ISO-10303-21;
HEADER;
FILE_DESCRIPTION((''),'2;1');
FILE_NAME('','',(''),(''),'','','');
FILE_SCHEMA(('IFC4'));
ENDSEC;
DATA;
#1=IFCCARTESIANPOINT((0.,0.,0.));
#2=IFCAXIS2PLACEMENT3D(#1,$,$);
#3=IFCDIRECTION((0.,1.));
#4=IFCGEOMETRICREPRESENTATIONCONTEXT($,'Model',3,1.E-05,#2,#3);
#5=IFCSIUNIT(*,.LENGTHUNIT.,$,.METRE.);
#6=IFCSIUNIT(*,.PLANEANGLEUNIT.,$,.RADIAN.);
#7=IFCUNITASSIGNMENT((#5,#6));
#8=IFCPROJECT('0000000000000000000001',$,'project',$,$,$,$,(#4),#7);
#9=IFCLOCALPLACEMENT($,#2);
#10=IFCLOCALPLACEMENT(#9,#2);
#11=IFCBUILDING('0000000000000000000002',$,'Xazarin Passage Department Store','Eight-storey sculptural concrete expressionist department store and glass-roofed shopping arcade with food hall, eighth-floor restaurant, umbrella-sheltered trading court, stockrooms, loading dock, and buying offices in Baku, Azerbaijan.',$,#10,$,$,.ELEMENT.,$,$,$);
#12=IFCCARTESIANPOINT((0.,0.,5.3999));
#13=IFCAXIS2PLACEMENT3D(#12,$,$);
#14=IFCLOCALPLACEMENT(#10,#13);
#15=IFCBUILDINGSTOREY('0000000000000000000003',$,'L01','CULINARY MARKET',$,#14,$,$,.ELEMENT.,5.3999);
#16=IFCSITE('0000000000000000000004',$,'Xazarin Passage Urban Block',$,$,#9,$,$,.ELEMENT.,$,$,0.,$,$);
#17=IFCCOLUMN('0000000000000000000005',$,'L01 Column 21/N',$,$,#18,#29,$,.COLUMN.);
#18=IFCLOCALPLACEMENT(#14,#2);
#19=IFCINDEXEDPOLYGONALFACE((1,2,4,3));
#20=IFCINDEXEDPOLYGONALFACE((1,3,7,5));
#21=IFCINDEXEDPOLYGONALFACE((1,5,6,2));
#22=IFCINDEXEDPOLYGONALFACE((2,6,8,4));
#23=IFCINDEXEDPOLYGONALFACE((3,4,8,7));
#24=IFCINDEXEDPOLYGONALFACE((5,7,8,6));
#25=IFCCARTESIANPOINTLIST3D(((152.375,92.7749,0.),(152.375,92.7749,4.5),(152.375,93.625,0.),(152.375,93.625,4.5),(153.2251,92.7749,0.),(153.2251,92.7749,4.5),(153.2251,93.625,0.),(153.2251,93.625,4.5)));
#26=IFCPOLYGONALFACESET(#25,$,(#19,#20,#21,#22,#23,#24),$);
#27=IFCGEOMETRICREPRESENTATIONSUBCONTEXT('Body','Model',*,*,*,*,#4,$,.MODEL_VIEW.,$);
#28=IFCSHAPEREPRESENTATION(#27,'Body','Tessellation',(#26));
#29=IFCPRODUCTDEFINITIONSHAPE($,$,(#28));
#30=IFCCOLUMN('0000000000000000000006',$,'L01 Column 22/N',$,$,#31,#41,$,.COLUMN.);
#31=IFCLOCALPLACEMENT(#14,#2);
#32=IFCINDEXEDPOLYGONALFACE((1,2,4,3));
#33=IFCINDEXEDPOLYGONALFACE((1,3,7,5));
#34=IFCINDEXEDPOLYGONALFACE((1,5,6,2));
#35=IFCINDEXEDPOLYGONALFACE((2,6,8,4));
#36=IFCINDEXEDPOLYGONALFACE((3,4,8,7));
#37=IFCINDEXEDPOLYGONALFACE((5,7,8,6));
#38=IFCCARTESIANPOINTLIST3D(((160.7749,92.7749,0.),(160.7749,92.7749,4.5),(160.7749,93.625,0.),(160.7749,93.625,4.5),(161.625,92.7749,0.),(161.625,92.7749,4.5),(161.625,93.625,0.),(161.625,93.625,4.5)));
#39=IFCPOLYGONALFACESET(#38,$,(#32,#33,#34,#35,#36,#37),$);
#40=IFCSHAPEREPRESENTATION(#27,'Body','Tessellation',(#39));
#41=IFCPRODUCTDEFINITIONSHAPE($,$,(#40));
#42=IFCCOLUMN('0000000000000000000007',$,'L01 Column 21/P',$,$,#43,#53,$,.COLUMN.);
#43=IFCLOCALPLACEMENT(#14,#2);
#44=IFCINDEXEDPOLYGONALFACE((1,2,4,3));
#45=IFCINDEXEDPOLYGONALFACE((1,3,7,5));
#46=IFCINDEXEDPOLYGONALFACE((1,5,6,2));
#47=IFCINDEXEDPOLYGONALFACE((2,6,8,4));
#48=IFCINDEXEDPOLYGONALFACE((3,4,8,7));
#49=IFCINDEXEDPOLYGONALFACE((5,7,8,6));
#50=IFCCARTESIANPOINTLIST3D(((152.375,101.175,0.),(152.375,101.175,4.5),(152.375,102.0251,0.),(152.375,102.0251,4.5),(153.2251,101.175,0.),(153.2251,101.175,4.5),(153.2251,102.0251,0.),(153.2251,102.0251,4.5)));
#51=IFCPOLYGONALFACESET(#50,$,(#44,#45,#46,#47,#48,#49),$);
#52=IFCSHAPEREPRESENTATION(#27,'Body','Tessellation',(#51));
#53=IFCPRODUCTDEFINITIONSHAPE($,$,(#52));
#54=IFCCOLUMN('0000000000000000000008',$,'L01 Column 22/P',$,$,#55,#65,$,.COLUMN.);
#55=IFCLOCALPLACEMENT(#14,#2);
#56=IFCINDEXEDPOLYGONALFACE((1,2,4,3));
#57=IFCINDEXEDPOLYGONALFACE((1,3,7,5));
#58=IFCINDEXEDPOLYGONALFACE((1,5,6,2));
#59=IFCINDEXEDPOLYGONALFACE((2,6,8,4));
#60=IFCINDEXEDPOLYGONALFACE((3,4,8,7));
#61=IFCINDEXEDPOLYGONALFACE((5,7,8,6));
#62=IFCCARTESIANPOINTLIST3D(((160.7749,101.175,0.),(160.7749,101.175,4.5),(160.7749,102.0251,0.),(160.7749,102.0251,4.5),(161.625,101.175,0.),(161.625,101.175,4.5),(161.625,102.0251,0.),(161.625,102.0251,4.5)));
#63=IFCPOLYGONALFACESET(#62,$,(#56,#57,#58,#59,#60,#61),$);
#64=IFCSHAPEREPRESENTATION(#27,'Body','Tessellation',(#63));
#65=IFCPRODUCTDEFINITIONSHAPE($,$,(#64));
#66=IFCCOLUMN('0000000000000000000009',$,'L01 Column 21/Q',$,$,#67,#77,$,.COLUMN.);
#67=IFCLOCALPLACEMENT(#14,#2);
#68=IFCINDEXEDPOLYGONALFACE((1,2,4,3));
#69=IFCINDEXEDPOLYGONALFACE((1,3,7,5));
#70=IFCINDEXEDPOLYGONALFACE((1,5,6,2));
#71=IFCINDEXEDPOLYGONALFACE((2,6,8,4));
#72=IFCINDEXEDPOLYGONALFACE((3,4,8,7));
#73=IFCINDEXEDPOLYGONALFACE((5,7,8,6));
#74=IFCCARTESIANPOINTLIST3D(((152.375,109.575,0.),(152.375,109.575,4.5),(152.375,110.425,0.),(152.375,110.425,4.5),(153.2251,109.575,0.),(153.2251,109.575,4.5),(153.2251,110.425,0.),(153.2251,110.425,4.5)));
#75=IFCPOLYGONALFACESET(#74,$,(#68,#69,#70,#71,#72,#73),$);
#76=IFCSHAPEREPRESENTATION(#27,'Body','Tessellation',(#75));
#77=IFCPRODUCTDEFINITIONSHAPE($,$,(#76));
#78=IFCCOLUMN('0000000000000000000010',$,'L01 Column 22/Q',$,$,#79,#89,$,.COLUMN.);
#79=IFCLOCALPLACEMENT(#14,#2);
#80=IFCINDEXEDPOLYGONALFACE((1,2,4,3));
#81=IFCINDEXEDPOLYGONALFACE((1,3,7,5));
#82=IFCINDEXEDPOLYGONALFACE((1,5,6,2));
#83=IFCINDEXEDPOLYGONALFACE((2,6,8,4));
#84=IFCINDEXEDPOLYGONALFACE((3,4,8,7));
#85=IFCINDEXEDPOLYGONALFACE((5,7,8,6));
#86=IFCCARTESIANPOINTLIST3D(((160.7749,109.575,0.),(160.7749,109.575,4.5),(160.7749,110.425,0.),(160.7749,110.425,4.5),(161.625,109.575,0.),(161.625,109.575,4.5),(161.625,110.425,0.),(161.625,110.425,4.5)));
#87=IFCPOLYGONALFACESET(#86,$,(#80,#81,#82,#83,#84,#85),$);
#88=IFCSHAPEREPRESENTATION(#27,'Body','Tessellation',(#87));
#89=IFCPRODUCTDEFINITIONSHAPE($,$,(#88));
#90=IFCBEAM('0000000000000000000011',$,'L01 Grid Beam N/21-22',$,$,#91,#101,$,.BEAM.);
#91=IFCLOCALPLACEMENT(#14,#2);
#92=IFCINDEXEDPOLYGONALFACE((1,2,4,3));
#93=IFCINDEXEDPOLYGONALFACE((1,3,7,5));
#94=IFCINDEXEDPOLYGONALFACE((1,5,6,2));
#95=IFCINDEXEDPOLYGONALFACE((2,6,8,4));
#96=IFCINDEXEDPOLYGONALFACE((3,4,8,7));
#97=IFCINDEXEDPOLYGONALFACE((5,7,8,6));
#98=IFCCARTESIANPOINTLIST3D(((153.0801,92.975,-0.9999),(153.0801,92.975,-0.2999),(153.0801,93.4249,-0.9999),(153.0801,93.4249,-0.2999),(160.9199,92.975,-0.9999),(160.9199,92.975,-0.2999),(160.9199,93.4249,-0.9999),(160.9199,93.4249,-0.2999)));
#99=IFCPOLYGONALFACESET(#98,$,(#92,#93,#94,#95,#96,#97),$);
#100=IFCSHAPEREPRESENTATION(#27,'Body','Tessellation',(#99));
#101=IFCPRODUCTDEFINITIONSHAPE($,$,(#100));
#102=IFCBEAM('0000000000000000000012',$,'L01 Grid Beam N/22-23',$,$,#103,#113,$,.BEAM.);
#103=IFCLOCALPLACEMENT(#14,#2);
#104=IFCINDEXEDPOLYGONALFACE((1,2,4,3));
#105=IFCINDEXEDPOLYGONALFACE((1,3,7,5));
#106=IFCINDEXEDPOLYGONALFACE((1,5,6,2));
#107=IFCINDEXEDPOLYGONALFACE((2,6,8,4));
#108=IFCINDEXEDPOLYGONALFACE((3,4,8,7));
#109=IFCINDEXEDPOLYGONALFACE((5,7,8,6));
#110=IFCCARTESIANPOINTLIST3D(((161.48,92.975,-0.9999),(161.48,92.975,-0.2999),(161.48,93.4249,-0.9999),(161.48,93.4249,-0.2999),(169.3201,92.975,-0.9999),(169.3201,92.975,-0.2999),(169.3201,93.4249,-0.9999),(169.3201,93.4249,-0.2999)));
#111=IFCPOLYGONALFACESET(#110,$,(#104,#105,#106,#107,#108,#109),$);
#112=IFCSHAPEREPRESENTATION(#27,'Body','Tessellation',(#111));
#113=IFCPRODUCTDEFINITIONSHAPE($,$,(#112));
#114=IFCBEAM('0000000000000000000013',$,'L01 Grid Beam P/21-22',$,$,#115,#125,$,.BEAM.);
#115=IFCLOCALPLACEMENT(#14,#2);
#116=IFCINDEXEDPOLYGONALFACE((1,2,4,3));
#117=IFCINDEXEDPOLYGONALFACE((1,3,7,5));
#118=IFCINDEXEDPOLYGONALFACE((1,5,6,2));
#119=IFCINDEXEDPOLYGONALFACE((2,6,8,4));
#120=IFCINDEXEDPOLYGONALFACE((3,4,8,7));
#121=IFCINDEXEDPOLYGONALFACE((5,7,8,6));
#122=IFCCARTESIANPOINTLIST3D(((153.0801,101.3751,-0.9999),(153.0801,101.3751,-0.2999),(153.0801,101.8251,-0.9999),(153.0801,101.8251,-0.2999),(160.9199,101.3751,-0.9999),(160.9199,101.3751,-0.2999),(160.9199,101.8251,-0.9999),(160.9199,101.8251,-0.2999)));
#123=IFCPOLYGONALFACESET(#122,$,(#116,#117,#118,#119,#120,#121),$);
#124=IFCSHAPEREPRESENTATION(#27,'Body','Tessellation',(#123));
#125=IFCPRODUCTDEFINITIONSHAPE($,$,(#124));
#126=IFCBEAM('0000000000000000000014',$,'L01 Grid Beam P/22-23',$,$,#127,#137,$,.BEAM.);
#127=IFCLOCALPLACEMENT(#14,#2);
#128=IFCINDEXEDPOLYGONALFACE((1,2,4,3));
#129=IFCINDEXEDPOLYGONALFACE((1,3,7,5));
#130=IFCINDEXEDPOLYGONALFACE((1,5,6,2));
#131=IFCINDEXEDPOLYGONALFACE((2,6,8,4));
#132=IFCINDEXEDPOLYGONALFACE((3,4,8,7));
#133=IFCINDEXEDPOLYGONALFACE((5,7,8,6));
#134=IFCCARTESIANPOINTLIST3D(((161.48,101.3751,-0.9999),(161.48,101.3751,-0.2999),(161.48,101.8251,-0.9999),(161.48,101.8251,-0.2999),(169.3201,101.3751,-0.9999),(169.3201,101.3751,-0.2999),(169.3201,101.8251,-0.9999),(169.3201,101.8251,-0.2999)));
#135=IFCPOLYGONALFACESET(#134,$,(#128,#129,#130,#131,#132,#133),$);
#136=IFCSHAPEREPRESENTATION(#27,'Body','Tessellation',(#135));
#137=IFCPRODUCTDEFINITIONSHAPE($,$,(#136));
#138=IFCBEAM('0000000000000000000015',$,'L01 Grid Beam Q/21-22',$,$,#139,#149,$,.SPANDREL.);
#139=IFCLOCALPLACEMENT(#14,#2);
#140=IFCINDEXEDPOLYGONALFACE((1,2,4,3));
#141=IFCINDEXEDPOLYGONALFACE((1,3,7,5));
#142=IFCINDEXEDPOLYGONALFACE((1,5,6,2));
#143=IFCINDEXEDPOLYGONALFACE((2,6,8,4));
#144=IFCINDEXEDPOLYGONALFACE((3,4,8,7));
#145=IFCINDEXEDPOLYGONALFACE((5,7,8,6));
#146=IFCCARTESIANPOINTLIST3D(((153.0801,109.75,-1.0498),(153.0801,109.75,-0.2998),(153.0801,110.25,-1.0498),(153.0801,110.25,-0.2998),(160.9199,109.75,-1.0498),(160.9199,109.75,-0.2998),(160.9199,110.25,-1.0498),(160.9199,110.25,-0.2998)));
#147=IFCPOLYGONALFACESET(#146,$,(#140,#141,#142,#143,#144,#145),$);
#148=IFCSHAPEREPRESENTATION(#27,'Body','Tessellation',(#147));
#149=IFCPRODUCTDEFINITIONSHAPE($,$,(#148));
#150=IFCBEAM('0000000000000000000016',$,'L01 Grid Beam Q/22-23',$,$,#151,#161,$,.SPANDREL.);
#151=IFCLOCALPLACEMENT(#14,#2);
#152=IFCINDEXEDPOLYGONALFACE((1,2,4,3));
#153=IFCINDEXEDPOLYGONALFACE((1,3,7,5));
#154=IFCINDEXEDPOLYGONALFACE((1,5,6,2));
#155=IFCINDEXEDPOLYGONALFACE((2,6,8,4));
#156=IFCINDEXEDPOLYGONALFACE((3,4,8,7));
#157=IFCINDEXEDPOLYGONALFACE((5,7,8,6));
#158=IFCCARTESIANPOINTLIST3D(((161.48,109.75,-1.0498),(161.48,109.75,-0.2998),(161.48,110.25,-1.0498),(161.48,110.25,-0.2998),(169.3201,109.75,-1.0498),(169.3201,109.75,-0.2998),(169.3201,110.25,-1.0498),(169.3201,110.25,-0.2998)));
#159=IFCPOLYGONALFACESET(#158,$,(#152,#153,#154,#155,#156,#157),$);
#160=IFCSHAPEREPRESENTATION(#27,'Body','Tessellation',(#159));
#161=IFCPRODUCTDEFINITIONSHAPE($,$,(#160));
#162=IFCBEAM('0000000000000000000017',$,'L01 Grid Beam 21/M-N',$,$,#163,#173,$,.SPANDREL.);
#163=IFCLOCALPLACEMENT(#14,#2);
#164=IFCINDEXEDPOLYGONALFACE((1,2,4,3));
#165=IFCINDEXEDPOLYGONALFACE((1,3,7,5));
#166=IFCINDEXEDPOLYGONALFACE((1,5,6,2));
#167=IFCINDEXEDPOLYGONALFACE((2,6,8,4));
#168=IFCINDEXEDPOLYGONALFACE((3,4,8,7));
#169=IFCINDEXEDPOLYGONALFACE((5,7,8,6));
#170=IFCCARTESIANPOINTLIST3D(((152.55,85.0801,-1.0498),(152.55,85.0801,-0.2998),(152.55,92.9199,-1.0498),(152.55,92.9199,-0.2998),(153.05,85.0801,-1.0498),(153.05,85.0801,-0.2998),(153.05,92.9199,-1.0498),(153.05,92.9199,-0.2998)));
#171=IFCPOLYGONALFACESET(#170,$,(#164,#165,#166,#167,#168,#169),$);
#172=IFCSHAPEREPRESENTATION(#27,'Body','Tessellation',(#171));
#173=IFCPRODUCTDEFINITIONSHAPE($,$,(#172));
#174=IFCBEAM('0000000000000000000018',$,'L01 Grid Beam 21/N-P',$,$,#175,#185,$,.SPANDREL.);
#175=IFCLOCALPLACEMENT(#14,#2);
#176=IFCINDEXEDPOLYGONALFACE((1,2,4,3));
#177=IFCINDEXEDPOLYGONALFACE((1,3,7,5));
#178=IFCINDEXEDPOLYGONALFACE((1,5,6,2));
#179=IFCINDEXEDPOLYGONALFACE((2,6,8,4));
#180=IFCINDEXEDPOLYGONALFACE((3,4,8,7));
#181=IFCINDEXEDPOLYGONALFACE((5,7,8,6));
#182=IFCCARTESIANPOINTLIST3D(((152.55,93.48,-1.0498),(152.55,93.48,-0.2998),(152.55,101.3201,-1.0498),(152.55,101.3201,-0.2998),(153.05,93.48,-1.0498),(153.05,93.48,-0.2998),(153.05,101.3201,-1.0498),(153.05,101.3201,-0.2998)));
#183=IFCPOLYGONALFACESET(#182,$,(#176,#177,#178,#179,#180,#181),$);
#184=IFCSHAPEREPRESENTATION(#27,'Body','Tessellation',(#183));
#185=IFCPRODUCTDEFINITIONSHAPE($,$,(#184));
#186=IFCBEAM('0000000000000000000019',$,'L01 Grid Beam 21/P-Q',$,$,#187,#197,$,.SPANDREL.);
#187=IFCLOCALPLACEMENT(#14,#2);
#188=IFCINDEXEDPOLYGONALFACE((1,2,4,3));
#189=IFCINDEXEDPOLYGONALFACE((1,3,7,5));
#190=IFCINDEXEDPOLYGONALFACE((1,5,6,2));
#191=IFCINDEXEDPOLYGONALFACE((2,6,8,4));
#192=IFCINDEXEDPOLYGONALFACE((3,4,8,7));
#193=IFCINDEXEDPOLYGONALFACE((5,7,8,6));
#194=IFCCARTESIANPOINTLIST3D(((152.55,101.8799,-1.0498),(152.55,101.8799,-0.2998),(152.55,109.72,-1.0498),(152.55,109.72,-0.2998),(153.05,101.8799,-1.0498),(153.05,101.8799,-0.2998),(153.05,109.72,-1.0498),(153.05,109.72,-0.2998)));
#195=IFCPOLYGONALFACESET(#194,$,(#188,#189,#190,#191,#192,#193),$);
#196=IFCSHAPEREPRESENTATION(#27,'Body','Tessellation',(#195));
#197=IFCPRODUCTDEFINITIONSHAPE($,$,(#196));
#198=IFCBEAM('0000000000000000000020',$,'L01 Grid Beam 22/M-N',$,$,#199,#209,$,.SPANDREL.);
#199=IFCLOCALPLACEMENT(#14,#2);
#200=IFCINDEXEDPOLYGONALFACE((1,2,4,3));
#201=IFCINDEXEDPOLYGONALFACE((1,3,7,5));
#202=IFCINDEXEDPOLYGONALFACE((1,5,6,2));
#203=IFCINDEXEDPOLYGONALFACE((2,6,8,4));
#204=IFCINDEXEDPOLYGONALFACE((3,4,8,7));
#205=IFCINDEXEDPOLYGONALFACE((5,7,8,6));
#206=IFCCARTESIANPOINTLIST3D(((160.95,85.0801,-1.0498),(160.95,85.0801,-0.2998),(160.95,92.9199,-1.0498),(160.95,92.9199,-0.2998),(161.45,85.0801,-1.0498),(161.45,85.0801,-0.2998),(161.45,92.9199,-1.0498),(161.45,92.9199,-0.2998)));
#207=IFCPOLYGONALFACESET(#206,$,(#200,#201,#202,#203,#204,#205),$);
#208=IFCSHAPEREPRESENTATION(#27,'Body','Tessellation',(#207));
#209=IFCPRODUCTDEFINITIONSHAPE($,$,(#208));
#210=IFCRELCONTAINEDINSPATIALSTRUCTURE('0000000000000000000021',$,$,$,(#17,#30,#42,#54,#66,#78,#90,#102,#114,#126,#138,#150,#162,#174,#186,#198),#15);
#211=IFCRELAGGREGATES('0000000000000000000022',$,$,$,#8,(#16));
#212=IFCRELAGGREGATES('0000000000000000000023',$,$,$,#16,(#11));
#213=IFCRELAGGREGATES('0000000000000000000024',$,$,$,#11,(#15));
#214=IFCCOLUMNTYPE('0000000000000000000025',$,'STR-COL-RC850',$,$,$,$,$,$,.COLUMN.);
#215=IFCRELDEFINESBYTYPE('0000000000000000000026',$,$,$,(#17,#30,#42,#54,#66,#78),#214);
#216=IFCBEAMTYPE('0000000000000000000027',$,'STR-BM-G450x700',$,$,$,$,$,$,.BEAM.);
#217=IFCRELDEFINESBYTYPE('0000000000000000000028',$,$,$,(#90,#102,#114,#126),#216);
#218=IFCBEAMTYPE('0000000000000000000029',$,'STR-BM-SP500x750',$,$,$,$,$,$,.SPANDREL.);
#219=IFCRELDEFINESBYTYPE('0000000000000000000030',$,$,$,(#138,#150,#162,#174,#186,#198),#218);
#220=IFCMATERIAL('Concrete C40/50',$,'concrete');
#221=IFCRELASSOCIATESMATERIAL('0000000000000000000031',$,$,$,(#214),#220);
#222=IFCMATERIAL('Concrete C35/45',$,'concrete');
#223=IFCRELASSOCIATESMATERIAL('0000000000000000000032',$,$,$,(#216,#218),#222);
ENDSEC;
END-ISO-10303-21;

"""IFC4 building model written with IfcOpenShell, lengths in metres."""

from ifc_helpers import new_model, si_unit, direction, frame, origin, origin_2d, place, context, subcontext, project, spatial, rectangle, extrude, material, material_profile, profile_set, type_object, element, save


model = new_model("IFC4")

# Units and contexts
model_context = context("Model", 3, precision=1e-05, world=origin(), true_north=direction((0.0, 1.0)))
body_context = subcontext(model_context, "Body", "Model", "MODEL_VIEW")
ifc_project = project(units=[si_unit("LENGTHUNIT", "METRE"), si_unit("PLANEANGLEUNIT", "RADIAN")], contexts=[model_context])

# Site, building, storey
site_placement = place(None, origin())
site = spatial("IfcSite", under=ifc_project, at=site_placement, Name="Xazarin Passage Urban Block", CompositionType="ELEMENT", RefElevation=0.0)
building_placement = place(site_placement, origin())
building = spatial("IfcBuilding", under=site, at=building_placement, Name="Xazarin Passage Department Store", Description="Eight-storey sculptural concrete expressionist department store and glass-roofed shopping arcade with food hall, eighth-floor restaurant, umbrella-sheltered trading court, stockrooms, loading dock, and buying offices in Baku, Azerbaijan.", CompositionType="ELEMENT")
storey_placement = place(building_placement, frame((0.0, 0.0, 5.3999)))
storey = spatial("IfcBuildingStorey", under=building, at=storey_placement, Name="L01", Description="CULINARY MARKET", CompositionType="ELEMENT", Elevation=5.3999)

# Columns
ifc_material_1 = material(Name="Concrete C40/50", Category="concrete")
ifc_material_profile_1 = material_profile(ifc_material_1, rectangle(XDim=0.8501, YDim=0.8501, at=origin_2d()), Name="RC 850x850")
ifc_profile_set_1 = profile_set([ifc_material_profile_1], Name="Concrete C40/50")
column_type = type_object("IfcColumnType", Name="STR-COL-RC850", PredefinedType="COLUMN", material=ifc_profile_set_1)
for number, where, z_axis, x_axis, name in (
    (1, (152.8, 93.2, 0.0), (0.0, 0.0, 1.0), (1.0, 0.0, 0.0), "L01 Column 21/N"),
    (2, (161.2, 93.2, 0.0), (0.0, 0.0, 1.0), (1.0, 0.0, 0.0), "L01 Column 22/N"),
    (3, (152.8, 101.6001, 0.0), (0.0, 0.0, 1.0), (1.0, 0.0, 0.0), "L01 Column 21/P"),
    (4, (161.2, 101.6001, 0.0), (0.0, 0.0, 1.0), (1.0, 0.0, 0.0), "L01 Column 22/P"),
    (5, (152.8, 110.0, 0.0), (0.0, 0.0, 1.0), (1.0, 0.0, 0.0), "L01 Column 21/Q"),
    (6, (161.2, 110.0, 0.0), (0.0, 0.0, 1.0), (1.0, 0.0, 0.0), "L01 Column 22/Q"),
):
    element("IfcColumn", number, at=place(storey_placement, frame(where, z_axis=z_axis, x_axis=x_axis)), inside=storey, type_object=column_type, Name=name, PredefinedType="COLUMN", context=body_context, shape_type="SweptSolid", body=[
        extrude(rectangle(XDim=0.8501, YDim=0.8501, at=origin_2d()), origin(), (0.0, 0.0, 1.0), 4.5),
    ])

# Beams
ifc_material_2 = material(Name="Concrete C35/45", Category="concrete")
ifc_material_profile_2 = material_profile(ifc_material_2, rectangle(XDim=0.45, YDim=0.7, at=origin_2d()), Name="RC 450x700")
ifc_profile_set_2 = profile_set([ifc_material_profile_2], Name="Concrete C35/45")
beam_type_1 = type_object("IfcBeamType", Name="STR-BM-G450x700", PredefinedType="BEAM", material=ifc_profile_set_2)
beam_1_placement = place(storey_placement, frame((153.0801, 93.2, -0.6499), z_axis=(1.0, 0.0, 0.0), x_axis=(0.0, 1.0, 0.0)))
element("IfcBeam", 7, at=beam_1_placement, inside=storey, type_object=beam_type_1, Name="L01 Grid Beam N/21-22", PredefinedType="BEAM", context=body_context, shape_type="SweptSolid", body=[
    extrude(rectangle(XDim=0.45, YDim=0.7, at=origin_2d()), origin(), (0.0, 0.0, 1.0), 7.8398),
])
beam_2_placement = place(storey_placement, frame((161.48, 93.2, -0.6499), z_axis=(1.0, 0.0, 0.0), x_axis=(0.0, 1.0, 0.0)))
element("IfcBeam", 8, at=beam_2_placement, inside=storey, type_object=beam_type_1, Name="L01 Grid Beam N/22-23", PredefinedType="BEAM", context=body_context, shape_type="SweptSolid", body=[
    extrude(rectangle(XDim=0.45, YDim=0.7, at=origin_2d()), origin(), (0.0, 0.0, 1.0), 7.8401),
])
beam_3_placement = place(storey_placement, frame((153.0801, 101.6001, -0.6499), z_axis=(1.0, 0.0, 0.0), x_axis=(0.0, 1.0, 0.0)))
element("IfcBeam", 9, at=beam_3_placement, inside=storey, type_object=beam_type_1, Name="L01 Grid Beam P/21-22", PredefinedType="BEAM", context=body_context, shape_type="SweptSolid", body=[
    extrude(rectangle(XDim=0.45, YDim=0.7, at=origin_2d()), origin(), (0.0, 0.0, 1.0), 7.8398),
])
beam_4_placement = place(storey_placement, frame((161.48, 101.6001, -0.6499), z_axis=(1.0, 0.0, 0.0), x_axis=(0.0, 1.0, 0.0)))
element("IfcBeam", 10, at=beam_4_placement, inside=storey, type_object=beam_type_1, Name="L01 Grid Beam P/22-23", PredefinedType="BEAM", context=body_context, shape_type="SweptSolid", body=[
    extrude(rectangle(XDim=0.45, YDim=0.7, at=origin_2d()), origin(), (0.0, 0.0, 1.0), 7.8401),
])
ifc_material_profile_3 = material_profile(ifc_material_2, rectangle(XDim=0.5, YDim=0.75, at=origin_2d()), Name="RC 500x750")
ifc_profile_set_3 = profile_set([ifc_material_profile_3], Name="Concrete C35/45")
beam_type_2 = type_object("IfcBeamType", Name="STR-BM-SP500x750", PredefinedType="SPANDREL", material=ifc_profile_set_3)
beam_5_placement = place(storey_placement, frame((153.0801, 110.0, -0.6748), z_axis=(1.0, 0.0, 0.0), x_axis=(0.0, 1.0, 0.0)))
element("IfcBeam", 11, at=beam_5_placement, inside=storey, type_object=beam_type_2, Name="L01 Grid Beam Q/21-22", PredefinedType="SPANDREL", context=body_context, shape_type="SweptSolid", body=[
    extrude(rectangle(XDim=0.5, YDim=0.75, at=origin_2d()), origin(), (0.0, 0.0, 1.0), 7.8398),
])
beam_6_placement = place(storey_placement, frame((161.48, 110.0, -0.6748), z_axis=(1.0, 0.0, 0.0), x_axis=(0.0, 1.0, 0.0)))
element("IfcBeam", 12, at=beam_6_placement, inside=storey, type_object=beam_type_2, Name="L01 Grid Beam Q/22-23", PredefinedType="SPANDREL", context=body_context, shape_type="SweptSolid", body=[
    extrude(rectangle(XDim=0.5, YDim=0.75, at=origin_2d()), origin(), (0.0, 0.0, 1.0), 7.8401),
])
beam_7_placement = place(storey_placement, frame((152.8, 85.0801, -0.6748), z_axis=(0.0, 1.0, 0.0), x_axis=(-1.0, 0.0, 0.0)))
element("IfcBeam", 13, at=beam_7_placement, inside=storey, type_object=beam_type_2, Name="L01 Grid Beam 21/M-N", PredefinedType="SPANDREL", context=body_context, shape_type="SweptSolid", body=[
    extrude(rectangle(XDim=0.5, YDim=0.75, at=origin_2d()), origin(), (0.0, 0.0, 1.0), 7.8398),
])
for number, where, z_axis, x_axis, name in (
    (14, (152.8, 93.48, -0.6748), (0.0, 1.0, 0.0), (-1.0, 0.0, 0.0), "L01 Grid Beam 21/N-P"),
    (15, (152.8, 101.8799, -0.6748), (0.0, 1.0, 0.0), (-1.0, 0.0, 0.0), "L01 Grid Beam 21/P-Q"),
):
    element("IfcBeam", number, at=place(storey_placement, frame(where, z_axis=z_axis, x_axis=x_axis)), inside=storey, type_object=beam_type_2, Name=name, PredefinedType="SPANDREL", context=body_context, shape_type="SweptSolid", body=[
        extrude(rectangle(XDim=0.5, YDim=0.75, at=origin_2d()), origin(), (0.0, 0.0, 1.0), 7.8401),
    ])
beam_8_placement = place(storey_placement, frame((161.2, 85.0801, -0.6748), z_axis=(0.0, 1.0, 0.0), x_axis=(-1.0, 0.0, 0.0)))
element("IfcBeam", 16, at=beam_8_placement, inside=storey, type_object=beam_type_2, Name="L01 Grid Beam 22/M-N", PredefinedType="SPANDREL", context=body_context, shape_type="SweptSolid", body=[
    extrude(rectangle(XDim=0.5, YDim=0.75, at=origin_2d()), origin(), (0.0, 0.0, 1.0), 7.8398),
])

save(model, "model.ifc")
